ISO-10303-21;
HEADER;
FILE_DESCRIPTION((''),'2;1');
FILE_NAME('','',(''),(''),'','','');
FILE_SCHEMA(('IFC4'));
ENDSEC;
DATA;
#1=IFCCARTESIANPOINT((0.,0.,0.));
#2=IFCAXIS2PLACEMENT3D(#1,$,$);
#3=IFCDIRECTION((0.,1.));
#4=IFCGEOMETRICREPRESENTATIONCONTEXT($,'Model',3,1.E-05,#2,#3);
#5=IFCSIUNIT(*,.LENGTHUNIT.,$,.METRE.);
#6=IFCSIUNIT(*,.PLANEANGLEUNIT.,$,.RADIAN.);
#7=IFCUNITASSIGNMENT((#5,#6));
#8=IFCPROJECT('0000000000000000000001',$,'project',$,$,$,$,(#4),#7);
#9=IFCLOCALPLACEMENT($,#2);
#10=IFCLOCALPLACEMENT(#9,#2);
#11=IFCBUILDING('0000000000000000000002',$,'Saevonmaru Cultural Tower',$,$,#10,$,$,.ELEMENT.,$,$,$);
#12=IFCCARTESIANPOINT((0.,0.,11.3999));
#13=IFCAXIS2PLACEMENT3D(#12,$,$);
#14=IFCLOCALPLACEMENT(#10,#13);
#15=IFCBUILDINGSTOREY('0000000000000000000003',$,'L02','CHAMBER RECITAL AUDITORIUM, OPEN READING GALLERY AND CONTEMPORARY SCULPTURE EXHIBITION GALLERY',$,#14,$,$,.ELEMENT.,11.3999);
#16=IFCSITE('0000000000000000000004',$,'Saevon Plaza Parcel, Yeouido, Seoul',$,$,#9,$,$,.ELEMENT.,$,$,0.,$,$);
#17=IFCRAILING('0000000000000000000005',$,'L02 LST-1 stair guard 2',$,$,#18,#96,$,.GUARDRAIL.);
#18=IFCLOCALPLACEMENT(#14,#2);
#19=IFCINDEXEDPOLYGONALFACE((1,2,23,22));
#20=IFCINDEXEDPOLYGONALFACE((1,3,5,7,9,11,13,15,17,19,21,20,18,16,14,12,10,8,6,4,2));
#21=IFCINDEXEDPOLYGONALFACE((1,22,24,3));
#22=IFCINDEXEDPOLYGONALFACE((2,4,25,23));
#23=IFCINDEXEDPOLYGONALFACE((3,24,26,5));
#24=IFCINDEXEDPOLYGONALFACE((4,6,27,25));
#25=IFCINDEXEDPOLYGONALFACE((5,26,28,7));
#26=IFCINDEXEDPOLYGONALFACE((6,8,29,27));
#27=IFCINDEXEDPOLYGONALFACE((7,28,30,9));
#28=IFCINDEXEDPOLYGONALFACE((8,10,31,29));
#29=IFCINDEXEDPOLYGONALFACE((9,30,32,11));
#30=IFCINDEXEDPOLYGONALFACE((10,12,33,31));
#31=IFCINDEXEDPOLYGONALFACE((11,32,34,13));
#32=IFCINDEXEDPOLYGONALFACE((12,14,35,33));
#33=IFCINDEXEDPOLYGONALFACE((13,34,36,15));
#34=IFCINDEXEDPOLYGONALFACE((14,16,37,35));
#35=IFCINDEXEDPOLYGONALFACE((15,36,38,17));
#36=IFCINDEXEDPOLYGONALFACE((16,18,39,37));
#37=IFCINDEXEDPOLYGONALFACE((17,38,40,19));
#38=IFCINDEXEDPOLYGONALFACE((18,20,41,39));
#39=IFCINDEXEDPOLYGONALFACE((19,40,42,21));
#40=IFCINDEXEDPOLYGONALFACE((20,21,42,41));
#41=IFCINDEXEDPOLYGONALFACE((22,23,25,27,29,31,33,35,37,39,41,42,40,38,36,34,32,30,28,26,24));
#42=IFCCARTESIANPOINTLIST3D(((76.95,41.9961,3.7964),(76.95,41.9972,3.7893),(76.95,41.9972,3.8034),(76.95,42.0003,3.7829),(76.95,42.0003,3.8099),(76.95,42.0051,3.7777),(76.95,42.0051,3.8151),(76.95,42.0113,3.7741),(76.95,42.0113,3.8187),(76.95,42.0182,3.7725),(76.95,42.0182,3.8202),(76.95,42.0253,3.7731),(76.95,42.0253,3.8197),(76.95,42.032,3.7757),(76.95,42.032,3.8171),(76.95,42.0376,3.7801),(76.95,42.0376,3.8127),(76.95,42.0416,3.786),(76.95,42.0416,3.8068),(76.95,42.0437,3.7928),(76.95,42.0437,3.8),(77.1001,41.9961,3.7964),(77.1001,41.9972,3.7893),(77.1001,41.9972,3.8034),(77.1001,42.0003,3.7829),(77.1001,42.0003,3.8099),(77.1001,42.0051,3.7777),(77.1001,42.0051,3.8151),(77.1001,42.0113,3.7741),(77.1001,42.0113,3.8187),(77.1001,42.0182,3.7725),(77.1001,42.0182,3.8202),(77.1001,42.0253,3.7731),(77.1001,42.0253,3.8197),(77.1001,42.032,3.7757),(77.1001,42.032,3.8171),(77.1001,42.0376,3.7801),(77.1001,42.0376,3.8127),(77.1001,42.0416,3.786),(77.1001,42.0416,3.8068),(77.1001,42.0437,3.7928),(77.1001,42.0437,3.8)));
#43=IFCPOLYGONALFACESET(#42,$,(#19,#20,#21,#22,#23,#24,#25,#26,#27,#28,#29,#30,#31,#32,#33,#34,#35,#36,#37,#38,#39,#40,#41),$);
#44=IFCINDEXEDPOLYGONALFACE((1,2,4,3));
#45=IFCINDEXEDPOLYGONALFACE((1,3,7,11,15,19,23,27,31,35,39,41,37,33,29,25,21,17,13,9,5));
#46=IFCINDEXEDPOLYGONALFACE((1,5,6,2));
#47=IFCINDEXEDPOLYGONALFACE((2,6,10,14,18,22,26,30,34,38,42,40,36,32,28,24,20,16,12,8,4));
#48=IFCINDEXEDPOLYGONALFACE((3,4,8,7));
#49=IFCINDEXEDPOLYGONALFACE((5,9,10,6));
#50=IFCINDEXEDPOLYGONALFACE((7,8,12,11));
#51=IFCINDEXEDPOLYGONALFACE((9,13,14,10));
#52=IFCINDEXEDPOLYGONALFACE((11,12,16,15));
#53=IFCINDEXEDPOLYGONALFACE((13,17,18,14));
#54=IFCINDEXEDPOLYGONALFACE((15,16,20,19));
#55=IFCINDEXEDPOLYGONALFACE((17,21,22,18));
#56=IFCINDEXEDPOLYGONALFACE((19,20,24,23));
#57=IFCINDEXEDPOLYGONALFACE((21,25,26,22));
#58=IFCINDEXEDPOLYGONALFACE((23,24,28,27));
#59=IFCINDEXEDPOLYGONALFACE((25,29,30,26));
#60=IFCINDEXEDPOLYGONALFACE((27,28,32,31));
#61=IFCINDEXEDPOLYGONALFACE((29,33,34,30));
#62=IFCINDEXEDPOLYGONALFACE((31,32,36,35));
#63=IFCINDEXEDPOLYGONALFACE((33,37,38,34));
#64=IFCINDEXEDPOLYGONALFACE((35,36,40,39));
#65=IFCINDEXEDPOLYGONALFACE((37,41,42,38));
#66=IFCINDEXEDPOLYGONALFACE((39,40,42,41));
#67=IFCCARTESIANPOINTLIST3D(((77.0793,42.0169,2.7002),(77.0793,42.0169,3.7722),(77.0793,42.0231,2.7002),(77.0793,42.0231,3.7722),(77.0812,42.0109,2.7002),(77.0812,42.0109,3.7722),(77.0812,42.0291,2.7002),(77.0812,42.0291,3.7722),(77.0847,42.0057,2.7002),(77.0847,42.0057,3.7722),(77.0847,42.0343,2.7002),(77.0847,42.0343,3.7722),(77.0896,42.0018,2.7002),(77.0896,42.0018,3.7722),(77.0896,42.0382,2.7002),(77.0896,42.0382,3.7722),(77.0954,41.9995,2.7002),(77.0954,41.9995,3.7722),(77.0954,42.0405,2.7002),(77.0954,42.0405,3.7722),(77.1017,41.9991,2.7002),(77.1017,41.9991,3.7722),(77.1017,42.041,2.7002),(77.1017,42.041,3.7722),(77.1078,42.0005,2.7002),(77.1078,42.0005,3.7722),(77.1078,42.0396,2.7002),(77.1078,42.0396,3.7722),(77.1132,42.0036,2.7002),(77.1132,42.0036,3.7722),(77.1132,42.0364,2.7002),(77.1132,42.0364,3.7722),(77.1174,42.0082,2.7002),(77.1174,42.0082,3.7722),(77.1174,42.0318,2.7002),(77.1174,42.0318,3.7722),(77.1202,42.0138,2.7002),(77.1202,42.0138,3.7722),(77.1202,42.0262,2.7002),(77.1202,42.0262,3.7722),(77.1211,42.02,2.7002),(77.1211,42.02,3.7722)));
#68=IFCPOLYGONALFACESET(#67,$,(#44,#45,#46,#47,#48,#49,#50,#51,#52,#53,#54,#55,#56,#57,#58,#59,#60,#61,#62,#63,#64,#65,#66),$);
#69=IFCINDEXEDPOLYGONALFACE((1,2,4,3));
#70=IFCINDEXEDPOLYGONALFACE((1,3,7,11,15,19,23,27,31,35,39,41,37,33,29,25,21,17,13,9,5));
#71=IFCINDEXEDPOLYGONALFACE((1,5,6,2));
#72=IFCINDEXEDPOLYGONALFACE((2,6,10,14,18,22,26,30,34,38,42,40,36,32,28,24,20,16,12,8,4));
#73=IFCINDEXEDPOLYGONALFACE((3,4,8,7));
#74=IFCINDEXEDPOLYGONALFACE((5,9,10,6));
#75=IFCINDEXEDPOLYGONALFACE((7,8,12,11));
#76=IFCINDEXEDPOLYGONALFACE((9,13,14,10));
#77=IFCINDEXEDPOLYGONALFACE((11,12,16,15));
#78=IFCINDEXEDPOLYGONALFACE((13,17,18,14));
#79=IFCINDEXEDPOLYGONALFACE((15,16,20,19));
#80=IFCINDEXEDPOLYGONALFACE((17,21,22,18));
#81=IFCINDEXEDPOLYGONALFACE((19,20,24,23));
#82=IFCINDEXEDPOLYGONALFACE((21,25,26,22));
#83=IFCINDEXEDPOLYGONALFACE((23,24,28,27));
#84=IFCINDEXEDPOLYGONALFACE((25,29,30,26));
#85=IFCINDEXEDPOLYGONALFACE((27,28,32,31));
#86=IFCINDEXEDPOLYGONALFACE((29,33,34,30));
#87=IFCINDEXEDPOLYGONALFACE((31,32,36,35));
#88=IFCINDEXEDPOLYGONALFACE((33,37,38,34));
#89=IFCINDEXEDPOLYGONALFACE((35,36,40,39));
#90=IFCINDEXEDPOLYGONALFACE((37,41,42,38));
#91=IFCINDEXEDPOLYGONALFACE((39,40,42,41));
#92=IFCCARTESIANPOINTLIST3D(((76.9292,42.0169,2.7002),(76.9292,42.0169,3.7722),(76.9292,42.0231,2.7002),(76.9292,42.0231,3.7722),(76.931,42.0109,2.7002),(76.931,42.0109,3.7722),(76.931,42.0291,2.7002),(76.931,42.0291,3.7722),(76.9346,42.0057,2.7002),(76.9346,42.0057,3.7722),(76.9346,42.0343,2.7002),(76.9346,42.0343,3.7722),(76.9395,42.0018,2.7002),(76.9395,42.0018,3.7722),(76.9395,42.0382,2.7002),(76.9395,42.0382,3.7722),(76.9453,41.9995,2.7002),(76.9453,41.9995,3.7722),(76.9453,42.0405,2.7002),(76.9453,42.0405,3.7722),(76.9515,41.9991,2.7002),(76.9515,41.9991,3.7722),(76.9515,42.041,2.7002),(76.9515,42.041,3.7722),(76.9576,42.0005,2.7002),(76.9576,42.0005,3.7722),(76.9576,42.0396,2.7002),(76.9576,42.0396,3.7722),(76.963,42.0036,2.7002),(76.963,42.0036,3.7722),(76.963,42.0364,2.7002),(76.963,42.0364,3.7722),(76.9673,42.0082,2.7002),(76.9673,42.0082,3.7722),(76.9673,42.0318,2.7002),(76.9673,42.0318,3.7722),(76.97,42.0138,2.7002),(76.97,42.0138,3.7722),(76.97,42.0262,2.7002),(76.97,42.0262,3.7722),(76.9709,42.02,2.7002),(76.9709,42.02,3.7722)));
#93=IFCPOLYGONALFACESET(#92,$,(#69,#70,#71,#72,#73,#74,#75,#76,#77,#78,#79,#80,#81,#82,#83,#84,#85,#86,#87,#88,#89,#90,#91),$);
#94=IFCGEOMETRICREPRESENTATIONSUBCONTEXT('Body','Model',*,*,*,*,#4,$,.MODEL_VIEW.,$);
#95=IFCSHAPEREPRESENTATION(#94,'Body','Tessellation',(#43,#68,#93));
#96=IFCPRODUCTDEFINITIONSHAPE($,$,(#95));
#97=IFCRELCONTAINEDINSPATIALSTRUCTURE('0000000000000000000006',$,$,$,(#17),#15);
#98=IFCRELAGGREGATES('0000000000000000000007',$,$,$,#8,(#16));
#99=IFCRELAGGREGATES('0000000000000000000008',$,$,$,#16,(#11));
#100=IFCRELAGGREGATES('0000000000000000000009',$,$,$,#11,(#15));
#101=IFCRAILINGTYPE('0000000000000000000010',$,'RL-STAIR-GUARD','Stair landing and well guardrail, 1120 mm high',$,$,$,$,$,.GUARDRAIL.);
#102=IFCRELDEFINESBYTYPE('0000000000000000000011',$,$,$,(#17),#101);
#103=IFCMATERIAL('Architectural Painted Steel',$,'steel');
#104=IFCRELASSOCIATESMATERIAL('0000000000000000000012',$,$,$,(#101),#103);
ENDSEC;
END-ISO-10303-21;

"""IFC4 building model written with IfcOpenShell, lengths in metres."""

from ifc_helpers import new_model, si_unit, direction, frame, origin, origin_2d, place, context, subcontext, project, spatial, circle, extrude, material, type_object, element, save


model = new_model("IFC4")

# Units and contexts
model_context = context("Model", 3, precision=1e-05, world=origin(), true_north=direction((0.0, 1.0)))
body_context = subcontext(model_context, "Body", "Model", "MODEL_VIEW")
ifc_project = project(units=[si_unit("LENGTHUNIT", "METRE"), si_unit("PLANEANGLEUNIT", "RADIAN")], contexts=[model_context])

# Site, building, storey
site_placement = place(None, origin())
site = spatial("IfcSite", under=ifc_project, at=site_placement, Name="Saevon Plaza Parcel, Yeouido, Seoul", CompositionType="ELEMENT", RefElevation=0.0)
building_placement = place(site_placement, origin())
building = spatial("IfcBuilding", under=site, at=building_placement, Name="Saevonmaru Cultural Tower", CompositionType="ELEMENT")
storey_placement = place(building_placement, frame((0.0, 0.0, 11.3999)))
storey = spatial("IfcBuildingStorey", under=building, at=storey_placement, Name="L02", Description="CHAMBER RECITAL AUDITORIUM, OPEN READING GALLERY AND CONTEMPORARY SCULPTURE EXHIBITION GALLERY", CompositionType="ELEMENT", Elevation=11.3999)

# Railing
ifc_material_1 = material(Name="Architectural Painted Steel", Category="steel")
railing_type_1 = type_object("IfcRailingType", Name="RL-STAIR-GUARD", Description="Stair landing and well guardrail, 1120 mm high", PredefinedType="GUARDRAIL", material=ifc_material_1)
railing_1_placement = place(storey_placement, frame((77.1001, 42.02, 2.7002)))
element("IfcRailing", 1, at=railing_1_placement, inside=storey, type_object=railing_type_1, Name="L02 LST-1 stair guard 2", PredefinedType="GUARDRAIL", context=body_context, shape_type="SweptSolid", body=[
    extrude(circle(Radius=0.0239, at=origin_2d()), frame((0.0, 0.0, 1.0962), z_axis=(-1.0, 0.0, 0.0), x_axis=(0.0, -1.0, 0.0)), (0.0, 0.0, 1.0), 0.1501),
    extrude(circle(Radius=0.021, at=origin_2d()), origin(), (0.0, 0.0, 1.0), 1.072),
    extrude(circle(Radius=0.021, at=origin_2d()), frame((-0.1501, 0.0, 0.0)), (0.0, 0.0, 1.0), 1.072),
])

save(model, "model.ifc")
